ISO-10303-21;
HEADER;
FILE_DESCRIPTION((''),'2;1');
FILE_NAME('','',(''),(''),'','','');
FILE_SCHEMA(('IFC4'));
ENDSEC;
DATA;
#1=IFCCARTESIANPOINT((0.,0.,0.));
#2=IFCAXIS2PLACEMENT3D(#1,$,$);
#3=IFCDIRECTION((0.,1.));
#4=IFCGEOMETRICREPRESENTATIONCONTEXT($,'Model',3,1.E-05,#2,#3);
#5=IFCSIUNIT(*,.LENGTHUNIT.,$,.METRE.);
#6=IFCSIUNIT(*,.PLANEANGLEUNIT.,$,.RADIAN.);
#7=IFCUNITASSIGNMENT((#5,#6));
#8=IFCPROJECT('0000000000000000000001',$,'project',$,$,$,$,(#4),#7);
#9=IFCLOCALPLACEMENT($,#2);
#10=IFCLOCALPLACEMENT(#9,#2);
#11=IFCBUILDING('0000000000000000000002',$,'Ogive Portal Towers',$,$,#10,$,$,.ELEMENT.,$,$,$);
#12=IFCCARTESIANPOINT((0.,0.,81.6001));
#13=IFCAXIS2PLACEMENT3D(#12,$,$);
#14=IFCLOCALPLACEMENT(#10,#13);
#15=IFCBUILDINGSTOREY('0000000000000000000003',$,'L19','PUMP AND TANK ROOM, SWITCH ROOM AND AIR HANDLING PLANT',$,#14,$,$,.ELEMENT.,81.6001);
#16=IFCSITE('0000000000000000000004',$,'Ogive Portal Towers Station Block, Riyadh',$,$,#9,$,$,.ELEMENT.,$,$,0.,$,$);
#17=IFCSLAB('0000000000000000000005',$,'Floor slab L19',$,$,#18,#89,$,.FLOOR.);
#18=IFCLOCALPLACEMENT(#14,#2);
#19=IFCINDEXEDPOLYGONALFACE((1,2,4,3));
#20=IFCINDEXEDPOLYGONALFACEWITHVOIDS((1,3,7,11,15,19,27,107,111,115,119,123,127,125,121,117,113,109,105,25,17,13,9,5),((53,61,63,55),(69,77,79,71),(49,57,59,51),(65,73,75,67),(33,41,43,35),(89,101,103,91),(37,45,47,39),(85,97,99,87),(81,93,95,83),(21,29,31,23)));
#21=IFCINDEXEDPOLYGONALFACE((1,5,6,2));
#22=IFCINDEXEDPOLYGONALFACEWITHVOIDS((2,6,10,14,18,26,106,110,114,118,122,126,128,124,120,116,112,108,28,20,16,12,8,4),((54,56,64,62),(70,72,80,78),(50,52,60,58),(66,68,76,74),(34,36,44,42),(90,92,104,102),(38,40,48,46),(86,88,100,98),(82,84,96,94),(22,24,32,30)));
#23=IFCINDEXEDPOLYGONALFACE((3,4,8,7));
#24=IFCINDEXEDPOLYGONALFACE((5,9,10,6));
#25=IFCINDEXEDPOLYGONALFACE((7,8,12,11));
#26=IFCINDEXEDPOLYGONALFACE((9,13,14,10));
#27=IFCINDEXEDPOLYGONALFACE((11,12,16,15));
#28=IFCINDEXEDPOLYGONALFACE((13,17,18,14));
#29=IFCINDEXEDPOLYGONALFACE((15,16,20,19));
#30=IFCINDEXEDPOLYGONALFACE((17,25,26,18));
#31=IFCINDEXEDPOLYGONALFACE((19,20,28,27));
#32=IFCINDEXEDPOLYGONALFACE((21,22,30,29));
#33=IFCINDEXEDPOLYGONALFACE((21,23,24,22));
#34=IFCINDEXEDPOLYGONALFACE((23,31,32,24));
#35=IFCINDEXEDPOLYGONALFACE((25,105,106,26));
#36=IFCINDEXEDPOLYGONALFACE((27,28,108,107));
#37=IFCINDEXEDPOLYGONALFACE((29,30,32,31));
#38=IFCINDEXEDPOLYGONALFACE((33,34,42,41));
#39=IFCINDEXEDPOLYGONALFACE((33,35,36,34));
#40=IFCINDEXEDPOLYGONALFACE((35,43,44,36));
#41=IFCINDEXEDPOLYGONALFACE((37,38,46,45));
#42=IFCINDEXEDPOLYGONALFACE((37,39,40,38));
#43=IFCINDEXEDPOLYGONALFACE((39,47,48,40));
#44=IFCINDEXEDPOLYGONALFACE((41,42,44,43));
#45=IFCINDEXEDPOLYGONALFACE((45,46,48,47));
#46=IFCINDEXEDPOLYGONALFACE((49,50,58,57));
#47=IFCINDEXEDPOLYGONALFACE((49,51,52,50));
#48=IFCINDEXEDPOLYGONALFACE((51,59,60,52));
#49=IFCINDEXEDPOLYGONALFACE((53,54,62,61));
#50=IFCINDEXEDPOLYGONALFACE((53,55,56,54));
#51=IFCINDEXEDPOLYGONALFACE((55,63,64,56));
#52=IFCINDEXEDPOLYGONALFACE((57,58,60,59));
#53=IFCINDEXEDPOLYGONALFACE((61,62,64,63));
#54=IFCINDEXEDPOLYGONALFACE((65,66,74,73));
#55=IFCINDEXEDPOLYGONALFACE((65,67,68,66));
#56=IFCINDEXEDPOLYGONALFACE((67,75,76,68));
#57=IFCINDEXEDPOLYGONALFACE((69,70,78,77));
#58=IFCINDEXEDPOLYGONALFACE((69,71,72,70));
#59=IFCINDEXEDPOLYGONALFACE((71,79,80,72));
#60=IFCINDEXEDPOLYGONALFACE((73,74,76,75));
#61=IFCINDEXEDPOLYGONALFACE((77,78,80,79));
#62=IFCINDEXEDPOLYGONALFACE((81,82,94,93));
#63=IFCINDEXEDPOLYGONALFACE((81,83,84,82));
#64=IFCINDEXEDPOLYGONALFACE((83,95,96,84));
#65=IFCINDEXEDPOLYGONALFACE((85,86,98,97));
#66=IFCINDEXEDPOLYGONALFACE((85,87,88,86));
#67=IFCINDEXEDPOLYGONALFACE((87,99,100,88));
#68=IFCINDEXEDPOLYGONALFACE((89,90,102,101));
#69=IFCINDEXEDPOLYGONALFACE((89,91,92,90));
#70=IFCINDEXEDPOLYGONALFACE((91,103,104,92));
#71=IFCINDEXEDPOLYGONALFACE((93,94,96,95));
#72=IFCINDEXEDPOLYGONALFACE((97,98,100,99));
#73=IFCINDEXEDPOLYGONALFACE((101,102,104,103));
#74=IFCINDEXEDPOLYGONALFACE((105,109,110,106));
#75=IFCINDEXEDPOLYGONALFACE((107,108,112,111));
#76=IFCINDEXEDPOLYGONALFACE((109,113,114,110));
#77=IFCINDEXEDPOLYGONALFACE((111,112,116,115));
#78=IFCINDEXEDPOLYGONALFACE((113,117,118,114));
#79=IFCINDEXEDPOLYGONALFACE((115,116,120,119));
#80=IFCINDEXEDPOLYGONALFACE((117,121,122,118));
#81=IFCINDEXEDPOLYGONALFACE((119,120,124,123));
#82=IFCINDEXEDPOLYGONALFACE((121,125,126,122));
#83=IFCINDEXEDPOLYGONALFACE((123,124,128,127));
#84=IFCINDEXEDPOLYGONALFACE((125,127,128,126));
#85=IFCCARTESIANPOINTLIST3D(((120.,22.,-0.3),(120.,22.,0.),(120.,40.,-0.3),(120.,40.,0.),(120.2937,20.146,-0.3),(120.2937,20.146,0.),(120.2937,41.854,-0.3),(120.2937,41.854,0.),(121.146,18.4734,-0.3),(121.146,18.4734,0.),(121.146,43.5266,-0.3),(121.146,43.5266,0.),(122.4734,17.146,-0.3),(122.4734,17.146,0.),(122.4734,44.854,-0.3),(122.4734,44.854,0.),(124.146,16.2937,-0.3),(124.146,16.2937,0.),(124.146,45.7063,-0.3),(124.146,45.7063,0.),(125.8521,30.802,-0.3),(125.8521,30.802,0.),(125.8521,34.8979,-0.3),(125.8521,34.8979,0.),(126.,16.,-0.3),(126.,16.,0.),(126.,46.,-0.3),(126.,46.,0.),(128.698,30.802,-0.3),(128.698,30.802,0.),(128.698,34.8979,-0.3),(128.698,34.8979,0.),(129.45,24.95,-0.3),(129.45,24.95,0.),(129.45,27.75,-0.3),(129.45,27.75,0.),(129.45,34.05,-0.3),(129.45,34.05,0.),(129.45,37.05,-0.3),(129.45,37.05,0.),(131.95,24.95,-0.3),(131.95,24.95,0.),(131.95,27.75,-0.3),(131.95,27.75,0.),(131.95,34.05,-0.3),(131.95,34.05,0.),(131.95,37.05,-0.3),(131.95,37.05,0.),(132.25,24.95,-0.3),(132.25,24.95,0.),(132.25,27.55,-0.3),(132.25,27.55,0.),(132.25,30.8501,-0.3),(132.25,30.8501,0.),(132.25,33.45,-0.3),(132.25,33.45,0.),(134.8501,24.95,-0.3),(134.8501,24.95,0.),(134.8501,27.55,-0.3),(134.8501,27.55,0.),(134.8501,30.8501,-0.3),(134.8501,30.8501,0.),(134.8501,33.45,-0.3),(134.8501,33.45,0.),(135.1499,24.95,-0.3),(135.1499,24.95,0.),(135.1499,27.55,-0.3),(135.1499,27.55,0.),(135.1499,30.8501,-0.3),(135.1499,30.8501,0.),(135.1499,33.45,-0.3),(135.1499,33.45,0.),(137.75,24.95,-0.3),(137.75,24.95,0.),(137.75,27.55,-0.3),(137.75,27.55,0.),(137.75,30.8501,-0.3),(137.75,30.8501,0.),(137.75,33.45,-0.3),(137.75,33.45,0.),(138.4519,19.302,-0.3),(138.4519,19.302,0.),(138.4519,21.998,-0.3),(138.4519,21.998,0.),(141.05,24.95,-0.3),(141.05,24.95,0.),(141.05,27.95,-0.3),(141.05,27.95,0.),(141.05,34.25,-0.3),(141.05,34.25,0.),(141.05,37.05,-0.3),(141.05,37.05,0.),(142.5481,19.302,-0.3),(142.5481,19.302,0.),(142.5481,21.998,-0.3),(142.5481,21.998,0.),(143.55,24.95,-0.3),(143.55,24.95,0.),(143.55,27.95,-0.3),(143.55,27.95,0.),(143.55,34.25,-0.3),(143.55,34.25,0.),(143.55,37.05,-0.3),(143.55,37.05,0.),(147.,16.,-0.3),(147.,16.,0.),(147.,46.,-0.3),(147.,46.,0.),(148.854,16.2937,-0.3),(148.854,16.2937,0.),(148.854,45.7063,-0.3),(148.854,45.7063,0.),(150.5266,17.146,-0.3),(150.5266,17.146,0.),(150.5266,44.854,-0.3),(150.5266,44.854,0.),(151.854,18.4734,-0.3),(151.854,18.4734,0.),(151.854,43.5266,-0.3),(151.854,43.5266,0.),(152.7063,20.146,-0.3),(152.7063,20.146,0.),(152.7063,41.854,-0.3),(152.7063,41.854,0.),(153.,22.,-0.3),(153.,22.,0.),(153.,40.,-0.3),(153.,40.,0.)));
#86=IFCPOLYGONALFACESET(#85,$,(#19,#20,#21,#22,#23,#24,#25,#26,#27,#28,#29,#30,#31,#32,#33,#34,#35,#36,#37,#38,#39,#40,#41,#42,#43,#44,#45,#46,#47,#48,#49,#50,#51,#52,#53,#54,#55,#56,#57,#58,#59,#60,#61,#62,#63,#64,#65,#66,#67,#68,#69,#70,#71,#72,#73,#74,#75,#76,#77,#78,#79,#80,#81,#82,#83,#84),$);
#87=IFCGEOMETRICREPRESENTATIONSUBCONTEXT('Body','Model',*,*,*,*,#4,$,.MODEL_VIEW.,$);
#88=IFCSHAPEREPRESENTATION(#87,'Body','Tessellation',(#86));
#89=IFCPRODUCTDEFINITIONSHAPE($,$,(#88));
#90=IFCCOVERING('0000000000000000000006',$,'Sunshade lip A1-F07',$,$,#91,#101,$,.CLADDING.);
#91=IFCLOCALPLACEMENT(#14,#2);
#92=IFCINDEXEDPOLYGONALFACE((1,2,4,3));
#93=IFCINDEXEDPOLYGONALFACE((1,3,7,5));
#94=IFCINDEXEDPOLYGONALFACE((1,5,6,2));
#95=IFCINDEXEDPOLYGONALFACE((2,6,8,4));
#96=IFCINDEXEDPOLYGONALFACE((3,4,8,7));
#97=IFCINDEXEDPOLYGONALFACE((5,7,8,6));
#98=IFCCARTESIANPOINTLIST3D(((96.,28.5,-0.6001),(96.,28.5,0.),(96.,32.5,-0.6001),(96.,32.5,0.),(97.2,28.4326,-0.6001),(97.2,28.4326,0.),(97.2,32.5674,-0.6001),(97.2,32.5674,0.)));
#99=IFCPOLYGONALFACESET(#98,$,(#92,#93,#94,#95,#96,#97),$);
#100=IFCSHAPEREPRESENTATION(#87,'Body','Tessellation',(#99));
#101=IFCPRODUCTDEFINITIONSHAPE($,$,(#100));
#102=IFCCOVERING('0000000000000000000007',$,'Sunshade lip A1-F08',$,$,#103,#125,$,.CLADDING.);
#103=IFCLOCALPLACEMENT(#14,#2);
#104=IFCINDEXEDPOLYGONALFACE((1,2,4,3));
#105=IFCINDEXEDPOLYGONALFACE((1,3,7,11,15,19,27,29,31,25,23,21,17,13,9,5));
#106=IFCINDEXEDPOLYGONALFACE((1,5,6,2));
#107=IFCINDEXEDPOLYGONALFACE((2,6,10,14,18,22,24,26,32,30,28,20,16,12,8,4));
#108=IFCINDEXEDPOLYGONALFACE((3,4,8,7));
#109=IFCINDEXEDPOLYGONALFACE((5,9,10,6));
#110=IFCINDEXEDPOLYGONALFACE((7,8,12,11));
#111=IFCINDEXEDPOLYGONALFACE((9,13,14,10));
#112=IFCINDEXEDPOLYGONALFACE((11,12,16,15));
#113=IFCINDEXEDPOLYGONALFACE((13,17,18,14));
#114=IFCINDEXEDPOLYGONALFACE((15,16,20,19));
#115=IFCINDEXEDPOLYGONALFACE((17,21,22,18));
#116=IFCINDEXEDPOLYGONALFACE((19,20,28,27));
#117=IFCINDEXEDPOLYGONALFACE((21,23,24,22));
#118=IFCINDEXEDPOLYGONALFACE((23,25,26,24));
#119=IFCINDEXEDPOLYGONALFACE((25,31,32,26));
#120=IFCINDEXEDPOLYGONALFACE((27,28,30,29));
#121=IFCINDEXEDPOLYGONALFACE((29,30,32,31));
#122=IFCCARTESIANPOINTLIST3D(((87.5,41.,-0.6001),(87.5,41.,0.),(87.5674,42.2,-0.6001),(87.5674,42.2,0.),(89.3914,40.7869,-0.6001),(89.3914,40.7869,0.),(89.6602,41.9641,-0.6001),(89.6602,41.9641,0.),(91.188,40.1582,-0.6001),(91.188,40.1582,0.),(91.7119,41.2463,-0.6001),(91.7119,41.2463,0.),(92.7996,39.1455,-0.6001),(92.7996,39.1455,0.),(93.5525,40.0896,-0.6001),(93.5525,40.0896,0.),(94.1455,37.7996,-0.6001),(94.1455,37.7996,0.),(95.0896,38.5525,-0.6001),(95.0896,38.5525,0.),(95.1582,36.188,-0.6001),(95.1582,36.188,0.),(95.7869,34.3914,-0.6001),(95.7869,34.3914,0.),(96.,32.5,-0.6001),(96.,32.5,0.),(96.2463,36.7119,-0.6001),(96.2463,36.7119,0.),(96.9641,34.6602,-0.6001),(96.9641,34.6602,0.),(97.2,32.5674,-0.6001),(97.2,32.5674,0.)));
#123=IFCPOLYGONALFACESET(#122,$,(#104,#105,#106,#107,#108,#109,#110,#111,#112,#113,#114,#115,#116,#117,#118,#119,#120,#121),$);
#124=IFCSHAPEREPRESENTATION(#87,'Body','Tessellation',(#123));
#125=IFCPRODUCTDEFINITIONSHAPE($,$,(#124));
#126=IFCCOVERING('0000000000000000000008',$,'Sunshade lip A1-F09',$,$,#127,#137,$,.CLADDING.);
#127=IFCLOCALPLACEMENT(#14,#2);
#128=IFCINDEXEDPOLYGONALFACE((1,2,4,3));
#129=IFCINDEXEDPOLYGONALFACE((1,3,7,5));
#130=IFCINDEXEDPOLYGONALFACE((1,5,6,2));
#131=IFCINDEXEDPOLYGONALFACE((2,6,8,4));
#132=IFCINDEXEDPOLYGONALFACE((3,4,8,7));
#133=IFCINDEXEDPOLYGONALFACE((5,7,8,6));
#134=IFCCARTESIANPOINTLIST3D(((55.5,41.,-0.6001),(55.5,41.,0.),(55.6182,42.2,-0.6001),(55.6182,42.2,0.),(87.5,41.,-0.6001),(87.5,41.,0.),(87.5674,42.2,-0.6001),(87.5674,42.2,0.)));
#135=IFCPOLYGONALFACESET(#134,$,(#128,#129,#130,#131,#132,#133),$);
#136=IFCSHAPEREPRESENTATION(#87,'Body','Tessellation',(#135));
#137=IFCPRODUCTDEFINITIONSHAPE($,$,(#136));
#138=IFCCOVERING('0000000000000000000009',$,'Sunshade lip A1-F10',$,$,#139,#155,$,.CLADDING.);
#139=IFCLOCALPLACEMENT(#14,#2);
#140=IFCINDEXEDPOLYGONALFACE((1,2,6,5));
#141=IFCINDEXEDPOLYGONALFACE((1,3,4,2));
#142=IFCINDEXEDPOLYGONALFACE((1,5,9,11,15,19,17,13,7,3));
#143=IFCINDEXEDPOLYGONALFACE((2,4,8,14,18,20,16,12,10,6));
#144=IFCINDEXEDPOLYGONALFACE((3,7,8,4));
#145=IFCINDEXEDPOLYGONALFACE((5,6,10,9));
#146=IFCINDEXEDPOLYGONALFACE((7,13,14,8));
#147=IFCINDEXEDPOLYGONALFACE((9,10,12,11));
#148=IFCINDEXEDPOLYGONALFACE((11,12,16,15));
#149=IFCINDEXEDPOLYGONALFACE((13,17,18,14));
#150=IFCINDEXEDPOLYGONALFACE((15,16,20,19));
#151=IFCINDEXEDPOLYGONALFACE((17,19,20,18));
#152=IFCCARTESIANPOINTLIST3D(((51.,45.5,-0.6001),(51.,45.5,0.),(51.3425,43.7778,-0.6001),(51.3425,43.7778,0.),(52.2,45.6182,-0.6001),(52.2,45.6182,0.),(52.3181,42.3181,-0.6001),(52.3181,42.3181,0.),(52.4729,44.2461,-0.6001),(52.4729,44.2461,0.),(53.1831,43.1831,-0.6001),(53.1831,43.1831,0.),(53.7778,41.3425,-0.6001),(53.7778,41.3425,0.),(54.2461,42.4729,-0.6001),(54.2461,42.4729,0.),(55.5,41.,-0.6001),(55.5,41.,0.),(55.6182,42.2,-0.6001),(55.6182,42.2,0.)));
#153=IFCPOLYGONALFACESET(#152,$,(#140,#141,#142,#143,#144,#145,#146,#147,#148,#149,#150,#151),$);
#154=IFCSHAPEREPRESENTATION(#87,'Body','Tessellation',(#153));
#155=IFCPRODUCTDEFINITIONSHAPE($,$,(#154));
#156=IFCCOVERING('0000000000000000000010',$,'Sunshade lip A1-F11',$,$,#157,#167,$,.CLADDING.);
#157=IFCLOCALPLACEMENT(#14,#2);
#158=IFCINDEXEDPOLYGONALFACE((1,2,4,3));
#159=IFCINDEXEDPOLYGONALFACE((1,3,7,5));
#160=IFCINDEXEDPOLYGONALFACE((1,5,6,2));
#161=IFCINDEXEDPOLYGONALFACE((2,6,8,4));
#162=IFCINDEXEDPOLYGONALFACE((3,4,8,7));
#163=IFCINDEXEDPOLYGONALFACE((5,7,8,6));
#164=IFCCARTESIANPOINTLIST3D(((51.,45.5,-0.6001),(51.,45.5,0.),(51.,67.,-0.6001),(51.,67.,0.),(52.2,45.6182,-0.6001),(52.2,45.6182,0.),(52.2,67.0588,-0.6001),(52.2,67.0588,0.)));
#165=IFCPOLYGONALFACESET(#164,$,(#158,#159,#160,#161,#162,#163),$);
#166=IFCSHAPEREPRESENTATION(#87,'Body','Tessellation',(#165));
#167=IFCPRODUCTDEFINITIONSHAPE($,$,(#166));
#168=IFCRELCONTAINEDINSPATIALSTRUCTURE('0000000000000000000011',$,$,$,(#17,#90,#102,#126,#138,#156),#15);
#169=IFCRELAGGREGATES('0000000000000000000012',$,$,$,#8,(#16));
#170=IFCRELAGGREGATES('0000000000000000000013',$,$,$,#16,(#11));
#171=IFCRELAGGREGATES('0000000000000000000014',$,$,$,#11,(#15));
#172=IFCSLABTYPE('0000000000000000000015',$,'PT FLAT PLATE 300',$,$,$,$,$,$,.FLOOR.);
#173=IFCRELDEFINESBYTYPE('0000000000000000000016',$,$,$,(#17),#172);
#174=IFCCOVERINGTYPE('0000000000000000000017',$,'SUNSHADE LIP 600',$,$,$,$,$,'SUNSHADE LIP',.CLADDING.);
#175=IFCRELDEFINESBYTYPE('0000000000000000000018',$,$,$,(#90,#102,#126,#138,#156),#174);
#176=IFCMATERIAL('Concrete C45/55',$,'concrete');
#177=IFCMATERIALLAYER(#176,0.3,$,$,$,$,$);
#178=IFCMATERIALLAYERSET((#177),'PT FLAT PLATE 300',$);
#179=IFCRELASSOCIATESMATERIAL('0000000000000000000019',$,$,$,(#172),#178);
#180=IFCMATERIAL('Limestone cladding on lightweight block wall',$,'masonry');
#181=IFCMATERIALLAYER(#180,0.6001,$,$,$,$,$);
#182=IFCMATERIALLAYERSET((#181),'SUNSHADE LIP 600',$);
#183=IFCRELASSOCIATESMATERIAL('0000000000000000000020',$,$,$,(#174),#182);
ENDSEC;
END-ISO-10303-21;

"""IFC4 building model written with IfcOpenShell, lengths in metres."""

from ifc_helpers import new_model, si_unit, direction, frame, origin, place, context, subcontext, project, spatial, polyline, outline, extrude, material, layer, layer_set, type_object, element, save


model = new_model("IFC4")

# Units and contexts
model_context = context("Model", 3, precision=1e-05, world=origin(), true_north=direction((0.0, 1.0)))
body_context = subcontext(model_context, "Body", "Model", "MODEL_VIEW")
ifc_project = project(units=[si_unit("LENGTHUNIT", "METRE"), si_unit("PLANEANGLEUNIT", "RADIAN")], contexts=[model_context])

# Site, building, storey
site_placement = place(None, origin())
site = spatial("IfcSite", under=ifc_project, at=site_placement, Name="Ogive Portal Towers Station Block, Riyadh", CompositionType="ELEMENT", RefElevation=0.0)
building_placement = place(site_placement, origin())
building = spatial("IfcBuilding", under=site, at=building_placement, Name="Ogive Portal Towers", CompositionType="ELEMENT")
storey_placement = place(building_placement, frame((0.0, 0.0, 81.6001)))
storey = spatial("IfcBuildingStorey", under=building, at=storey_placement, Name="L19", Description="PUMP AND TANK ROOM, SWITCH ROOM AND AIR HANDLING PLANT", CompositionType="ELEMENT", Elevation=81.6001)

# Slab
ifc_material_1 = material(Name="Concrete C45/55", Category="concrete")
ifc_layer_1 = layer(ifc_material_1, 0.3)
ifc_layer_set_1 = layer_set([ifc_layer_1], Name="PT FLAT PLATE 300")
slab_type_1 = type_object("IfcSlabType", Name="PT FLAT PLATE 300", PredefinedType="FLOOR", material=ifc_layer_set_1)
slab_1_placement = place(storey_placement, frame((0.0, 0.0, -0.3)))
element("IfcSlab", 1, at=slab_1_placement, inside=storey, type_object=slab_type_1, Name="Floor slab L19", PredefinedType="FLOOR", context=body_context, shape_type="SweptSolid", body=[
    extrude(outline(polyline([(120.0, 40.0), (120.0, 22.0), (120.2937, 20.146), (121.146, 18.4734), (122.4734, 17.146), (124.146, 16.2937), (126.0, 16.0), (147.0, 16.0), (148.854, 16.2937), (150.5266, 17.146), (151.854, 18.4734), (152.7063, 20.146), (153.0, 22.0), (153.0, 40.0), (152.7063, 41.854), (151.854, 43.5266), (150.5266, 44.854), (148.854, 45.7063), (147.0, 46.0), (126.0, 46.0), (124.146, 45.7063), (122.4734, 44.854), (121.146, 43.5266), (120.2937, 41.854), (120.0, 40.0)]), holes=[polyline([(131.95, 27.75), (131.95, 24.95), (129.45, 24.95), (129.45, 27.75), (131.95, 27.75)]), polyline([(128.698, 34.8979), (128.698, 30.802), (125.8521, 30.802), (125.8521, 34.8979), (128.698, 34.8979)]), polyline([(131.95, 37.05), (131.95, 34.05), (129.45, 34.05), (129.45, 37.05), (131.95, 37.05)]), polyline([(138.4519, 21.998), (142.5481, 21.998), (142.5481, 19.302), (138.4519, 19.302), (138.4519, 21.998)]), polyline([(134.8501, 27.55), (134.8501, 24.95), (132.25, 24.95), (132.25, 27.55), (134.8501, 27.55)]), polyline([(137.75, 27.55), (137.75, 24.95), (135.1499, 24.95), (135.1499, 27.55), (137.75, 27.55)]), polyline([(143.55, 27.95), (143.55, 24.95), (141.05, 24.95), (141.05, 27.95), (143.55, 27.95)]), polyline([(134.8501, 33.45), (134.8501, 30.8501), (132.25, 30.8501), (132.25, 33.45), (134.8501, 33.45)]), polyline([(137.75, 33.45), (137.75, 30.8501), (135.1499, 30.8501), (135.1499, 33.45), (137.75, 33.45)]), polyline([(141.05, 37.05), (143.55, 37.05), (143.55, 34.25), (141.05, 34.25), (141.05, 37.05)])]), origin(), (0.0, 0.0, 1.0), 0.3),
])

# Coverings
ifc_material_2 = material(Name="Limestone cladding on lightweight block wall", Category="masonry")
ifc_layer_2 = layer(ifc_material_2, 0.6001)
ifc_layer_set_2 = layer_set([ifc_layer_2], Name="SUNSHADE LIP 600")
covering_type = type_object("IfcCoveringType", Name="SUNSHADE LIP 600", ElementType="SUNSHADE LIP", PredefinedType="CLADDING", material=ifc_layer_set_2)
covering_1_placement = place(storey_placement, frame((0.0, 0.0, -0.6001)))
element("IfcCovering", 2, at=covering_1_placement, inside=storey, type_object=covering_type, Name="Sunshade lip A1-F07", PredefinedType="CLADDING", context=body_context, shape_type="SweptSolid", body=[
    extrude(outline(polyline([(96.0, 28.5), (96.0, 32.5), (97.2, 32.5674), (97.2, 28.4326), (96.0, 28.5)])), origin(), (0.0, 0.0, 1.0), 0.6001),
])
covering_2_placement = place(storey_placement, frame((0.0, 0.0, -0.6001)))
element("IfcCovering", 3, at=covering_2_placement, inside=storey, type_object=covering_type, Name="Sunshade lip A1-F08", PredefinedType="CLADDING", context=body_context, shape_type="SweptSolid", body=[
    extrude(outline(polyline([(96.0, 32.5), (95.7869, 34.3914), (95.1582, 36.188), (94.1455, 37.7996), (92.7996, 39.1455), (91.188, 40.1582), (89.3914, 40.7869), (87.5, 41.0), (87.5674, 42.2), (89.6602, 41.9641), (91.7119, 41.2463), (93.5525, 40.0896), (95.0896, 38.5525), (96.2463, 36.7119), (96.9641, 34.6602), (97.2, 32.5674), (96.0, 32.5)])), origin(), (0.0, 0.0, 1.0), 0.6001),
])
covering_3_placement = place(storey_placement, frame((0.0, 0.0, -0.6001)))
element("IfcCovering", 4, at=covering_3_placement, inside=storey, type_object=covering_type, Name="Sunshade lip A1-F09", PredefinedType="CLADDING", context=body_context, shape_type="SweptSolid", body=[
    extrude(outline(polyline([(87.5, 41.0), (55.5, 41.0), (55.6182, 42.2), (87.5674, 42.2), (87.5, 41.0)])), origin(), (0.0, 0.0, 1.0), 0.6001),
])
covering_4_placement = place(storey_placement, frame((0.0, 0.0, -0.6001)))
element("IfcCovering", 5, at=covering_4_placement, inside=storey, type_object=covering_type, Name="Sunshade lip A1-F10", PredefinedType="CLADDING", context=body_context, shape_type="SweptSolid", body=[
    extrude(outline(polyline([(55.5, 41.0), (53.7778, 41.3425), (52.3181, 42.3181), (51.3425, 43.7778), (51.0, 45.5), (52.2, 45.6182), (52.4729, 44.2461), (53.1831, 43.1831), (54.2461, 42.4729), (55.6182, 42.2), (55.5, 41.0)])), origin(), (0.0, 0.0, 1.0), 0.6001),
])
covering_5_placement = place(storey_placement, frame((0.0, 0.0, -0.6001)))
element("IfcCovering", 6, at=covering_5_placement, inside=storey, type_object=covering_type, Name="Sunshade lip A1-F11", PredefinedType="CLADDING", context=body_context, shape_type="SweptSolid", body=[
    extrude(outline(polyline([(51.0, 45.5), (51.0, 67.0), (52.2, 67.0588), (52.2, 45.6182), (51.0, 45.5)])), origin(), (0.0, 0.0, 1.0), 0.6001),
])

save(model, "model.ifc")
